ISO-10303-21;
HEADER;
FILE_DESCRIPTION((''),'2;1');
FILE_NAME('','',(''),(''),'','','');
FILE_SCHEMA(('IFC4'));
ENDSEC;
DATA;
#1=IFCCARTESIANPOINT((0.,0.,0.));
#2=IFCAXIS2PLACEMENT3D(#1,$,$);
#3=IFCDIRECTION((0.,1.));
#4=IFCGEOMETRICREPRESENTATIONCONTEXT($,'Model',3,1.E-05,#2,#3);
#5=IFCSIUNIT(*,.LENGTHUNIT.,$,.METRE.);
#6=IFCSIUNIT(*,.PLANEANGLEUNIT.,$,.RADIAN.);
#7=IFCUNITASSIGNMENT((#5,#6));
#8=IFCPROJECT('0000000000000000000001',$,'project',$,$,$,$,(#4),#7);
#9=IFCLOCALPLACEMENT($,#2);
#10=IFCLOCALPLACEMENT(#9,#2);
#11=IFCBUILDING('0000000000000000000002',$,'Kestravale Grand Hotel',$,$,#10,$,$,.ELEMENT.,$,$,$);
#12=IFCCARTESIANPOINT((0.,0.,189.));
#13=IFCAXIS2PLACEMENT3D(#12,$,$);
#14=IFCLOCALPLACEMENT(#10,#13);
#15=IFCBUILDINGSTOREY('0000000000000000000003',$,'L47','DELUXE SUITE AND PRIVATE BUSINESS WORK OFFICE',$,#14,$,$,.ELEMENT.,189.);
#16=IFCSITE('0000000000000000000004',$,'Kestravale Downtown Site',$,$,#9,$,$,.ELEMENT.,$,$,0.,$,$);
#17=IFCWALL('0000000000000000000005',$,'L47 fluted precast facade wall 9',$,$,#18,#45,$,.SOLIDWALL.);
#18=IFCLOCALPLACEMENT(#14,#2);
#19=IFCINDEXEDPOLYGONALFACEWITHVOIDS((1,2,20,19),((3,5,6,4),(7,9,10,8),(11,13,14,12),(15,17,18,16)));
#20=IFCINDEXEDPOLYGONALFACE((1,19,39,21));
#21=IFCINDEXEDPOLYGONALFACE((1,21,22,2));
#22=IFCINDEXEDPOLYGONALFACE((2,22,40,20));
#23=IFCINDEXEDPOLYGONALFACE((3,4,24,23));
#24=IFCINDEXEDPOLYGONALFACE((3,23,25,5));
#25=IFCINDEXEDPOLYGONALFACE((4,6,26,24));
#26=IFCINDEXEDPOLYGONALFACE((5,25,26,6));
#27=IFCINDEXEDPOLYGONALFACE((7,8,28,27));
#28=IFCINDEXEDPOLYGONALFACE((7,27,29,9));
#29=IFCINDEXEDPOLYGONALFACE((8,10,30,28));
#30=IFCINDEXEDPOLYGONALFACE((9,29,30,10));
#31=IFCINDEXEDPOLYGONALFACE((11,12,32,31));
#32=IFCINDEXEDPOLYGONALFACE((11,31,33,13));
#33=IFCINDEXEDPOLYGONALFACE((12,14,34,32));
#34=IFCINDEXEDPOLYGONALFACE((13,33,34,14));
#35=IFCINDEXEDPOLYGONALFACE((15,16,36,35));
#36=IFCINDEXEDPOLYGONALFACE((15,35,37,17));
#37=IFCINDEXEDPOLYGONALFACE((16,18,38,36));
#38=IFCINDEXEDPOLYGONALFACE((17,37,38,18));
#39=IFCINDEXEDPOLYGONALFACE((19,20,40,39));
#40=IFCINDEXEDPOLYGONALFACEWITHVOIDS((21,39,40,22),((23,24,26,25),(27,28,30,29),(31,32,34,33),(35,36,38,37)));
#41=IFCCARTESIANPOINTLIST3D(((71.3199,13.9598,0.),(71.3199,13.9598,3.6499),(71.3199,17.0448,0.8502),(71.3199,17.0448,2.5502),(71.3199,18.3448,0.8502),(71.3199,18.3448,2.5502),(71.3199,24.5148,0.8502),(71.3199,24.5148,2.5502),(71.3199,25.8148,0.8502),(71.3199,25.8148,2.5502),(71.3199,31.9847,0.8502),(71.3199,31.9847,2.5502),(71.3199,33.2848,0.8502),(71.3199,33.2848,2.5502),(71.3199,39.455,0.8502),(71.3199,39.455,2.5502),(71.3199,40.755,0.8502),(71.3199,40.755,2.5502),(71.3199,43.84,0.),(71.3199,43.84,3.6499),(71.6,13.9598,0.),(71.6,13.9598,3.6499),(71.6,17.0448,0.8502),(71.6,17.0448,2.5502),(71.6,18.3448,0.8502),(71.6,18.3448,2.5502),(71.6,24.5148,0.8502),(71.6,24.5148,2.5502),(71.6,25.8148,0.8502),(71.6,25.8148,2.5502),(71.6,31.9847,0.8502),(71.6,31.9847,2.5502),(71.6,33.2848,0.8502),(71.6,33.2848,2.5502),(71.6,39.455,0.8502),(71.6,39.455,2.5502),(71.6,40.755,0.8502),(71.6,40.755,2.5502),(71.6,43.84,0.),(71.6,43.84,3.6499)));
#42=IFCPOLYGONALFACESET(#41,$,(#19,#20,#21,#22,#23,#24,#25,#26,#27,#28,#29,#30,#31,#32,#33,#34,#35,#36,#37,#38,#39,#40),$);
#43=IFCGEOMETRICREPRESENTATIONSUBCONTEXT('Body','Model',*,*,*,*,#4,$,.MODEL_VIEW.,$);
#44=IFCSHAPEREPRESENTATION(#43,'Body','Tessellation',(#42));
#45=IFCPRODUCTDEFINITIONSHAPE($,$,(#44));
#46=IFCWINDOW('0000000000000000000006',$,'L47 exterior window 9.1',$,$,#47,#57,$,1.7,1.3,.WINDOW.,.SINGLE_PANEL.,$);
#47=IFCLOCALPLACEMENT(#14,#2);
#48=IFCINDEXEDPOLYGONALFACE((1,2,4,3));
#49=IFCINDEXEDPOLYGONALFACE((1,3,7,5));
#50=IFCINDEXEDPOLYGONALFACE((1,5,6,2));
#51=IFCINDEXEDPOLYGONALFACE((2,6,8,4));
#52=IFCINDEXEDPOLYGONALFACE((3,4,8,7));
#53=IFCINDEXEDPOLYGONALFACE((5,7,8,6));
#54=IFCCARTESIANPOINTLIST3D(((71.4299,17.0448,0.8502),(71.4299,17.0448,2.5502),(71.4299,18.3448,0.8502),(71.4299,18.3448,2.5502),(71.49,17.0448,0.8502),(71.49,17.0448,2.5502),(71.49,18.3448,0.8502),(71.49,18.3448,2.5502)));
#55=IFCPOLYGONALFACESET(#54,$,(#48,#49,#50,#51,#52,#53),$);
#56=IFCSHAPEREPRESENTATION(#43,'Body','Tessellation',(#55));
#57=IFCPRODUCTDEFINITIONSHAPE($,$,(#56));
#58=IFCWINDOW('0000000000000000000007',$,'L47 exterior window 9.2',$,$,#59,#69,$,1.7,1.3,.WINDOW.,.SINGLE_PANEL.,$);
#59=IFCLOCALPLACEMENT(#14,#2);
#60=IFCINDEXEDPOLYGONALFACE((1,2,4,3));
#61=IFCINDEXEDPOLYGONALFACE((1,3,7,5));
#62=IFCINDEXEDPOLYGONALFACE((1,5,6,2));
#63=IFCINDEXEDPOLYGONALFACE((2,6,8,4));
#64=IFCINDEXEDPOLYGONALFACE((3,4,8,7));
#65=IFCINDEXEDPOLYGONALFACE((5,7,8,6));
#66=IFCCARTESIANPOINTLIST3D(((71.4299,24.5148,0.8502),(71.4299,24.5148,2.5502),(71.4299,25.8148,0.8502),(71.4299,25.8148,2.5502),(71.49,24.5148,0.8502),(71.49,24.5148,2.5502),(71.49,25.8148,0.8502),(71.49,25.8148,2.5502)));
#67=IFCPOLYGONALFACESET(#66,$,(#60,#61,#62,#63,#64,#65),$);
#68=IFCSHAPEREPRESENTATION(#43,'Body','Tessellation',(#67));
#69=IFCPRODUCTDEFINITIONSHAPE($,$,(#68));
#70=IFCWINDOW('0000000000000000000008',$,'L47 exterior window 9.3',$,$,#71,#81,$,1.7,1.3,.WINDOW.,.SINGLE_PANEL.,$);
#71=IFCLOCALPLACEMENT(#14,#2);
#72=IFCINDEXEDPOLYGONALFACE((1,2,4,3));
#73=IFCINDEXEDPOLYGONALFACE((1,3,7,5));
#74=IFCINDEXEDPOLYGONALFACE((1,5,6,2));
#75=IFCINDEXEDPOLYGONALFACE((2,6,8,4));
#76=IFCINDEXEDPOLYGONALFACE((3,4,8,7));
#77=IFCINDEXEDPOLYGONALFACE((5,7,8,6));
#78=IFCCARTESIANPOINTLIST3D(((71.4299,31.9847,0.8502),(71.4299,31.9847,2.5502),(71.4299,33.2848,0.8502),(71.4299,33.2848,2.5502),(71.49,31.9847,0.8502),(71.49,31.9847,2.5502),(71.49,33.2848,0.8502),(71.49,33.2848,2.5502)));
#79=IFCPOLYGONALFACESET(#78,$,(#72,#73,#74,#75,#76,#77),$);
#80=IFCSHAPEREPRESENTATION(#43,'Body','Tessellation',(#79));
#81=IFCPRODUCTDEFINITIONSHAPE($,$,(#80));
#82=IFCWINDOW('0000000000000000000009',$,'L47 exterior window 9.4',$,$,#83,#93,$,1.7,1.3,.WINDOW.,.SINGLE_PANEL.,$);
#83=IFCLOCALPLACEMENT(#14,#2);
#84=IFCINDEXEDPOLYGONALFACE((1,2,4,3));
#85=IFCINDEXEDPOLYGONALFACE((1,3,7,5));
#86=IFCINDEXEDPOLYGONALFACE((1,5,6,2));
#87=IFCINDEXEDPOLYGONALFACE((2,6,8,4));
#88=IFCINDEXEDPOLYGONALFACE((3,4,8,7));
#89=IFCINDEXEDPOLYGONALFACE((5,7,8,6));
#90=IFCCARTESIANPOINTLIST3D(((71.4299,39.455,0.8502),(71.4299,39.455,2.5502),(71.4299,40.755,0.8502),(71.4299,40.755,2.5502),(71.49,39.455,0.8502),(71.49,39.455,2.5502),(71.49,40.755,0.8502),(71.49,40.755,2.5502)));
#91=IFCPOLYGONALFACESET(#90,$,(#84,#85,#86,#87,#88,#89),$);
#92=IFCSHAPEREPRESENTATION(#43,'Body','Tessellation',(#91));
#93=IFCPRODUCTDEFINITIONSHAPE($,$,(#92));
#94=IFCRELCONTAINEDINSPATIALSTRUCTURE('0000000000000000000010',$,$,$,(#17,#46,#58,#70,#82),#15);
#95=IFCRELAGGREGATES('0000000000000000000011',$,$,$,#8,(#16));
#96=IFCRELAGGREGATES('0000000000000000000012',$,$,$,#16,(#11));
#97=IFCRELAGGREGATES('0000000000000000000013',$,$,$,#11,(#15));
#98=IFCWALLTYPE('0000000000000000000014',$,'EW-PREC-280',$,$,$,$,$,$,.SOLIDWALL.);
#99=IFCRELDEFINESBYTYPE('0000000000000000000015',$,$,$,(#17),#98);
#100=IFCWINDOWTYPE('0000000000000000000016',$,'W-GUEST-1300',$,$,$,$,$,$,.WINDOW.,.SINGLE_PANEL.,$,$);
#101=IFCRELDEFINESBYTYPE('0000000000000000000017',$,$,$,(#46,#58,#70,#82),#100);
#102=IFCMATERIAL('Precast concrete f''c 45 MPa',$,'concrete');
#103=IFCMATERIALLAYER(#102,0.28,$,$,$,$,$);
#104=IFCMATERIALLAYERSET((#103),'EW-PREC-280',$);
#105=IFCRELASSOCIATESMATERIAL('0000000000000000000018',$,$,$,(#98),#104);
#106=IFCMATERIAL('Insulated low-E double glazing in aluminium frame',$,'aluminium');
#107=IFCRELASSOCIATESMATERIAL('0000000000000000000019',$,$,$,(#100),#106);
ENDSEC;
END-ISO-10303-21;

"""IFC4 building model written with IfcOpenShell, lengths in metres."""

from ifc_helpers import new_model, si_unit, direction, frame, frame_2d, origin, place, context, subcontext, project, spatial, rectangle, extrude, material, layer, layer_set, type_object, element, fill, save


model = new_model("IFC4")

# Units and contexts
model_context = context("Model", 3, precision=1e-05, world=origin(), true_north=direction((0.0, 1.0)))
body_context = subcontext(model_context, "Body", "Model", "MODEL_VIEW")
ifc_project = project(units=[si_unit("LENGTHUNIT", "METRE"), si_unit("PLANEANGLEUNIT", "RADIAN")], contexts=[model_context])

# Site, building, storey
site_placement = place(None, origin())
site = spatial("IfcSite", under=ifc_project, at=site_placement, Name="Kestravale Downtown Site", CompositionType="ELEMENT", RefElevation=0.0)
building_placement = place(site_placement, origin())
building = spatial("IfcBuilding", under=site, at=building_placement, Name="Kestravale Grand Hotel", CompositionType="ELEMENT")
storey_placement = place(building_placement, frame((0.0, 0.0, 189.0)))
storey = spatial("IfcBuildingStorey", under=building, at=storey_placement, Name="L47", Description="DELUXE SUITE AND PRIVATE BUSINESS WORK OFFICE", CompositionType="ELEMENT", Elevation=189.0)

# Shared definitions
ifc_material_1 = material(Name="Precast concrete f'c 45 MPa", Category="concrete")
ifc_layer_1 = layer(ifc_material_1, 0.28)
ifc_layer_set_1 = layer_set([ifc_layer_1], Name="EW-PREC-280")
wall_type_1 = type_object("IfcWallType", Name="EW-PREC-280", PredefinedType="SOLIDWALL", material=ifc_layer_set_1)

# Wall, openings, windows
wall_1_placement = place(storey_placement, frame((71.46, 13.96, 0.0), z_axis=(0.0, 0.0, 1.0), x_axis=(0.0, 1.0, 0.0)))
wall_1 = element("IfcWall", 1, at=wall_1_placement, inside=storey, type_object=wall_type_1, Name="L47 fluted precast facade wall 9", PredefinedType="SOLIDWALL", context=body_context, shape_type="SweptSolid", body=[
    extrude(rectangle(XDim=29.8801, YDim=0.28, at=frame_2d((14.9399, 0.0))), origin(), (0.0, 0.0, 1.0), 3.6499),
])
opening_1_placement = place(wall_1_placement, frame((3.085, 0.0, 0.8501)))
opening_1 = element("IfcOpeningElement", 2, at=opening_1_placement, cuts=wall_1, PredefinedType="OPENING", context=body_context, shape_type="SweptSolid", body=[
    extrude(rectangle(XDim=1.3, YDim=1.7, at=frame_2d((0.6499, 0.8501))), frame((0.0, 0.1499, 0.0), z_axis=(0.0, -1.0, 0.0), x_axis=(1.0, 0.0, 0.0)), (0.0, 0.0, 1.0), 0.3),
])
opening_2_placement = place(wall_1_placement, frame((10.5549, 0.0, 0.8501)))
opening_2 = element("IfcOpeningElement", 3, at=opening_2_placement, cuts=wall_1, PredefinedType="OPENING", context=body_context, shape_type="SweptSolid", body=[
    extrude(rectangle(XDim=1.3, YDim=1.7, at=frame_2d((0.6499, 0.8501))), frame((0.0, 0.1499, 0.0), z_axis=(0.0, -1.0, 0.0), x_axis=(1.0, 0.0, 0.0)), (0.0, 0.0, 1.0), 0.3),
])
opening_3_placement = place(wall_1_placement, frame((18.0249, 0.0, 0.8501)))
opening_3 = element("IfcOpeningElement", 4, at=opening_3_placement, cuts=wall_1, PredefinedType="OPENING", context=body_context, shape_type="SweptSolid", body=[
    extrude(rectangle(XDim=1.3, YDim=1.7, at=frame_2d((0.6499, 0.8501))), frame((0.0, 0.1499, 0.0), z_axis=(0.0, -1.0, 0.0), x_axis=(1.0, 0.0, 0.0)), (0.0, 0.0, 1.0), 0.3),
])
opening_4_placement = place(wall_1_placement, frame((25.4951, 0.0, 0.8501)))
opening_4 = element("IfcOpeningElement", 5, at=opening_4_placement, cuts=wall_1, PredefinedType="OPENING", context=body_context, shape_type="SweptSolid", body=[
    extrude(rectangle(XDim=1.3, YDim=1.7, at=frame_2d((0.6499, 0.8501))), frame((0.0, 0.1499, 0.0), z_axis=(0.0, -1.0, 0.0), x_axis=(1.0, 0.0, 0.0)), (0.0, 0.0, 1.0), 0.3),
])
ifc_material_2 = material(Name="Insulated low-E double glazing in aluminium frame", Category="aluminium")
window_type = type_object("IfcWindowType", Name="W-GUEST-1300", PartitioningType="SINGLE_PANEL", PredefinedType="WINDOW", material=ifc_material_2)
window_1_placement = place(opening_1_placement, origin())
window_1 = element("IfcWindow", 6, at=window_1_placement, inside=storey, type_object=window_type, Name="L47 exterior window 9.1", OverallHeight=1.7, OverallWidth=1.3, PartitioningType="SINGLE_PANEL", PredefinedType="WINDOW", context=body_context, shape_type="SweptSolid", body=[
    extrude(rectangle(XDim=1.3, YDim=1.7, at=frame_2d((0.6499, 0.8501))), frame((0.0, 0.03, 0.0), z_axis=(0.0, -1.0, 0.0), x_axis=(1.0, 0.0, 0.0)), (0.0, 0.0, 1.0), 0.0601),
])
fill(opening_1, window_1)
window_2_placement = place(opening_2_placement, origin())
window_2 = element("IfcWindow", 7, at=window_2_placement, inside=storey, type_object=window_type, Name="L47 exterior window 9.2", OverallHeight=1.7, OverallWidth=1.3, PartitioningType="SINGLE_PANEL", PredefinedType="WINDOW", context=body_context, shape_type="SweptSolid", body=[
    extrude(rectangle(XDim=1.3, YDim=1.7, at=frame_2d((0.6499, 0.8501))), frame((0.0, 0.03, 0.0), z_axis=(0.0, -1.0, 0.0), x_axis=(1.0, 0.0, 0.0)), (0.0, 0.0, 1.0), 0.0601),
])
fill(opening_2, window_2)
window_3_placement = place(opening_3_placement, origin())
window_3 = element("IfcWindow", 8, at=window_3_placement, inside=storey, type_object=window_type, Name="L47 exterior window 9.3", OverallHeight=1.7, OverallWidth=1.3, PartitioningType="SINGLE_PANEL", PredefinedType="WINDOW", context=body_context, shape_type="SweptSolid", body=[
    extrude(rectangle(XDim=1.3, YDim=1.7, at=frame_2d((0.6499, 0.8501))), frame((0.0, 0.03, 0.0), z_axis=(0.0, -1.0, 0.0), x_axis=(1.0, 0.0, 0.0)), (0.0, 0.0, 1.0), 0.0601),
])
fill(opening_3, window_3)
window_4_placement = place(opening_4_placement, origin())
window_4 = element("IfcWindow", 9, at=window_4_placement, inside=storey, type_object=window_type, Name="L47 exterior window 9.4", OverallHeight=1.7, OverallWidth=1.3, PartitioningType="SINGLE_PANEL", PredefinedType="WINDOW", context=body_context, shape_type="SweptSolid", body=[
    extrude(rectangle(XDim=1.3, YDim=1.7, at=frame_2d((0.6499, 0.8501))), frame((0.0, 0.03, 0.0), z_axis=(0.0, -1.0, 0.0), x_axis=(1.0, 0.0, 0.0)), (0.0, 0.0, 1.0), 0.0601),
])
fill(opening_4, window_4)

save(model, "model.ifc")
